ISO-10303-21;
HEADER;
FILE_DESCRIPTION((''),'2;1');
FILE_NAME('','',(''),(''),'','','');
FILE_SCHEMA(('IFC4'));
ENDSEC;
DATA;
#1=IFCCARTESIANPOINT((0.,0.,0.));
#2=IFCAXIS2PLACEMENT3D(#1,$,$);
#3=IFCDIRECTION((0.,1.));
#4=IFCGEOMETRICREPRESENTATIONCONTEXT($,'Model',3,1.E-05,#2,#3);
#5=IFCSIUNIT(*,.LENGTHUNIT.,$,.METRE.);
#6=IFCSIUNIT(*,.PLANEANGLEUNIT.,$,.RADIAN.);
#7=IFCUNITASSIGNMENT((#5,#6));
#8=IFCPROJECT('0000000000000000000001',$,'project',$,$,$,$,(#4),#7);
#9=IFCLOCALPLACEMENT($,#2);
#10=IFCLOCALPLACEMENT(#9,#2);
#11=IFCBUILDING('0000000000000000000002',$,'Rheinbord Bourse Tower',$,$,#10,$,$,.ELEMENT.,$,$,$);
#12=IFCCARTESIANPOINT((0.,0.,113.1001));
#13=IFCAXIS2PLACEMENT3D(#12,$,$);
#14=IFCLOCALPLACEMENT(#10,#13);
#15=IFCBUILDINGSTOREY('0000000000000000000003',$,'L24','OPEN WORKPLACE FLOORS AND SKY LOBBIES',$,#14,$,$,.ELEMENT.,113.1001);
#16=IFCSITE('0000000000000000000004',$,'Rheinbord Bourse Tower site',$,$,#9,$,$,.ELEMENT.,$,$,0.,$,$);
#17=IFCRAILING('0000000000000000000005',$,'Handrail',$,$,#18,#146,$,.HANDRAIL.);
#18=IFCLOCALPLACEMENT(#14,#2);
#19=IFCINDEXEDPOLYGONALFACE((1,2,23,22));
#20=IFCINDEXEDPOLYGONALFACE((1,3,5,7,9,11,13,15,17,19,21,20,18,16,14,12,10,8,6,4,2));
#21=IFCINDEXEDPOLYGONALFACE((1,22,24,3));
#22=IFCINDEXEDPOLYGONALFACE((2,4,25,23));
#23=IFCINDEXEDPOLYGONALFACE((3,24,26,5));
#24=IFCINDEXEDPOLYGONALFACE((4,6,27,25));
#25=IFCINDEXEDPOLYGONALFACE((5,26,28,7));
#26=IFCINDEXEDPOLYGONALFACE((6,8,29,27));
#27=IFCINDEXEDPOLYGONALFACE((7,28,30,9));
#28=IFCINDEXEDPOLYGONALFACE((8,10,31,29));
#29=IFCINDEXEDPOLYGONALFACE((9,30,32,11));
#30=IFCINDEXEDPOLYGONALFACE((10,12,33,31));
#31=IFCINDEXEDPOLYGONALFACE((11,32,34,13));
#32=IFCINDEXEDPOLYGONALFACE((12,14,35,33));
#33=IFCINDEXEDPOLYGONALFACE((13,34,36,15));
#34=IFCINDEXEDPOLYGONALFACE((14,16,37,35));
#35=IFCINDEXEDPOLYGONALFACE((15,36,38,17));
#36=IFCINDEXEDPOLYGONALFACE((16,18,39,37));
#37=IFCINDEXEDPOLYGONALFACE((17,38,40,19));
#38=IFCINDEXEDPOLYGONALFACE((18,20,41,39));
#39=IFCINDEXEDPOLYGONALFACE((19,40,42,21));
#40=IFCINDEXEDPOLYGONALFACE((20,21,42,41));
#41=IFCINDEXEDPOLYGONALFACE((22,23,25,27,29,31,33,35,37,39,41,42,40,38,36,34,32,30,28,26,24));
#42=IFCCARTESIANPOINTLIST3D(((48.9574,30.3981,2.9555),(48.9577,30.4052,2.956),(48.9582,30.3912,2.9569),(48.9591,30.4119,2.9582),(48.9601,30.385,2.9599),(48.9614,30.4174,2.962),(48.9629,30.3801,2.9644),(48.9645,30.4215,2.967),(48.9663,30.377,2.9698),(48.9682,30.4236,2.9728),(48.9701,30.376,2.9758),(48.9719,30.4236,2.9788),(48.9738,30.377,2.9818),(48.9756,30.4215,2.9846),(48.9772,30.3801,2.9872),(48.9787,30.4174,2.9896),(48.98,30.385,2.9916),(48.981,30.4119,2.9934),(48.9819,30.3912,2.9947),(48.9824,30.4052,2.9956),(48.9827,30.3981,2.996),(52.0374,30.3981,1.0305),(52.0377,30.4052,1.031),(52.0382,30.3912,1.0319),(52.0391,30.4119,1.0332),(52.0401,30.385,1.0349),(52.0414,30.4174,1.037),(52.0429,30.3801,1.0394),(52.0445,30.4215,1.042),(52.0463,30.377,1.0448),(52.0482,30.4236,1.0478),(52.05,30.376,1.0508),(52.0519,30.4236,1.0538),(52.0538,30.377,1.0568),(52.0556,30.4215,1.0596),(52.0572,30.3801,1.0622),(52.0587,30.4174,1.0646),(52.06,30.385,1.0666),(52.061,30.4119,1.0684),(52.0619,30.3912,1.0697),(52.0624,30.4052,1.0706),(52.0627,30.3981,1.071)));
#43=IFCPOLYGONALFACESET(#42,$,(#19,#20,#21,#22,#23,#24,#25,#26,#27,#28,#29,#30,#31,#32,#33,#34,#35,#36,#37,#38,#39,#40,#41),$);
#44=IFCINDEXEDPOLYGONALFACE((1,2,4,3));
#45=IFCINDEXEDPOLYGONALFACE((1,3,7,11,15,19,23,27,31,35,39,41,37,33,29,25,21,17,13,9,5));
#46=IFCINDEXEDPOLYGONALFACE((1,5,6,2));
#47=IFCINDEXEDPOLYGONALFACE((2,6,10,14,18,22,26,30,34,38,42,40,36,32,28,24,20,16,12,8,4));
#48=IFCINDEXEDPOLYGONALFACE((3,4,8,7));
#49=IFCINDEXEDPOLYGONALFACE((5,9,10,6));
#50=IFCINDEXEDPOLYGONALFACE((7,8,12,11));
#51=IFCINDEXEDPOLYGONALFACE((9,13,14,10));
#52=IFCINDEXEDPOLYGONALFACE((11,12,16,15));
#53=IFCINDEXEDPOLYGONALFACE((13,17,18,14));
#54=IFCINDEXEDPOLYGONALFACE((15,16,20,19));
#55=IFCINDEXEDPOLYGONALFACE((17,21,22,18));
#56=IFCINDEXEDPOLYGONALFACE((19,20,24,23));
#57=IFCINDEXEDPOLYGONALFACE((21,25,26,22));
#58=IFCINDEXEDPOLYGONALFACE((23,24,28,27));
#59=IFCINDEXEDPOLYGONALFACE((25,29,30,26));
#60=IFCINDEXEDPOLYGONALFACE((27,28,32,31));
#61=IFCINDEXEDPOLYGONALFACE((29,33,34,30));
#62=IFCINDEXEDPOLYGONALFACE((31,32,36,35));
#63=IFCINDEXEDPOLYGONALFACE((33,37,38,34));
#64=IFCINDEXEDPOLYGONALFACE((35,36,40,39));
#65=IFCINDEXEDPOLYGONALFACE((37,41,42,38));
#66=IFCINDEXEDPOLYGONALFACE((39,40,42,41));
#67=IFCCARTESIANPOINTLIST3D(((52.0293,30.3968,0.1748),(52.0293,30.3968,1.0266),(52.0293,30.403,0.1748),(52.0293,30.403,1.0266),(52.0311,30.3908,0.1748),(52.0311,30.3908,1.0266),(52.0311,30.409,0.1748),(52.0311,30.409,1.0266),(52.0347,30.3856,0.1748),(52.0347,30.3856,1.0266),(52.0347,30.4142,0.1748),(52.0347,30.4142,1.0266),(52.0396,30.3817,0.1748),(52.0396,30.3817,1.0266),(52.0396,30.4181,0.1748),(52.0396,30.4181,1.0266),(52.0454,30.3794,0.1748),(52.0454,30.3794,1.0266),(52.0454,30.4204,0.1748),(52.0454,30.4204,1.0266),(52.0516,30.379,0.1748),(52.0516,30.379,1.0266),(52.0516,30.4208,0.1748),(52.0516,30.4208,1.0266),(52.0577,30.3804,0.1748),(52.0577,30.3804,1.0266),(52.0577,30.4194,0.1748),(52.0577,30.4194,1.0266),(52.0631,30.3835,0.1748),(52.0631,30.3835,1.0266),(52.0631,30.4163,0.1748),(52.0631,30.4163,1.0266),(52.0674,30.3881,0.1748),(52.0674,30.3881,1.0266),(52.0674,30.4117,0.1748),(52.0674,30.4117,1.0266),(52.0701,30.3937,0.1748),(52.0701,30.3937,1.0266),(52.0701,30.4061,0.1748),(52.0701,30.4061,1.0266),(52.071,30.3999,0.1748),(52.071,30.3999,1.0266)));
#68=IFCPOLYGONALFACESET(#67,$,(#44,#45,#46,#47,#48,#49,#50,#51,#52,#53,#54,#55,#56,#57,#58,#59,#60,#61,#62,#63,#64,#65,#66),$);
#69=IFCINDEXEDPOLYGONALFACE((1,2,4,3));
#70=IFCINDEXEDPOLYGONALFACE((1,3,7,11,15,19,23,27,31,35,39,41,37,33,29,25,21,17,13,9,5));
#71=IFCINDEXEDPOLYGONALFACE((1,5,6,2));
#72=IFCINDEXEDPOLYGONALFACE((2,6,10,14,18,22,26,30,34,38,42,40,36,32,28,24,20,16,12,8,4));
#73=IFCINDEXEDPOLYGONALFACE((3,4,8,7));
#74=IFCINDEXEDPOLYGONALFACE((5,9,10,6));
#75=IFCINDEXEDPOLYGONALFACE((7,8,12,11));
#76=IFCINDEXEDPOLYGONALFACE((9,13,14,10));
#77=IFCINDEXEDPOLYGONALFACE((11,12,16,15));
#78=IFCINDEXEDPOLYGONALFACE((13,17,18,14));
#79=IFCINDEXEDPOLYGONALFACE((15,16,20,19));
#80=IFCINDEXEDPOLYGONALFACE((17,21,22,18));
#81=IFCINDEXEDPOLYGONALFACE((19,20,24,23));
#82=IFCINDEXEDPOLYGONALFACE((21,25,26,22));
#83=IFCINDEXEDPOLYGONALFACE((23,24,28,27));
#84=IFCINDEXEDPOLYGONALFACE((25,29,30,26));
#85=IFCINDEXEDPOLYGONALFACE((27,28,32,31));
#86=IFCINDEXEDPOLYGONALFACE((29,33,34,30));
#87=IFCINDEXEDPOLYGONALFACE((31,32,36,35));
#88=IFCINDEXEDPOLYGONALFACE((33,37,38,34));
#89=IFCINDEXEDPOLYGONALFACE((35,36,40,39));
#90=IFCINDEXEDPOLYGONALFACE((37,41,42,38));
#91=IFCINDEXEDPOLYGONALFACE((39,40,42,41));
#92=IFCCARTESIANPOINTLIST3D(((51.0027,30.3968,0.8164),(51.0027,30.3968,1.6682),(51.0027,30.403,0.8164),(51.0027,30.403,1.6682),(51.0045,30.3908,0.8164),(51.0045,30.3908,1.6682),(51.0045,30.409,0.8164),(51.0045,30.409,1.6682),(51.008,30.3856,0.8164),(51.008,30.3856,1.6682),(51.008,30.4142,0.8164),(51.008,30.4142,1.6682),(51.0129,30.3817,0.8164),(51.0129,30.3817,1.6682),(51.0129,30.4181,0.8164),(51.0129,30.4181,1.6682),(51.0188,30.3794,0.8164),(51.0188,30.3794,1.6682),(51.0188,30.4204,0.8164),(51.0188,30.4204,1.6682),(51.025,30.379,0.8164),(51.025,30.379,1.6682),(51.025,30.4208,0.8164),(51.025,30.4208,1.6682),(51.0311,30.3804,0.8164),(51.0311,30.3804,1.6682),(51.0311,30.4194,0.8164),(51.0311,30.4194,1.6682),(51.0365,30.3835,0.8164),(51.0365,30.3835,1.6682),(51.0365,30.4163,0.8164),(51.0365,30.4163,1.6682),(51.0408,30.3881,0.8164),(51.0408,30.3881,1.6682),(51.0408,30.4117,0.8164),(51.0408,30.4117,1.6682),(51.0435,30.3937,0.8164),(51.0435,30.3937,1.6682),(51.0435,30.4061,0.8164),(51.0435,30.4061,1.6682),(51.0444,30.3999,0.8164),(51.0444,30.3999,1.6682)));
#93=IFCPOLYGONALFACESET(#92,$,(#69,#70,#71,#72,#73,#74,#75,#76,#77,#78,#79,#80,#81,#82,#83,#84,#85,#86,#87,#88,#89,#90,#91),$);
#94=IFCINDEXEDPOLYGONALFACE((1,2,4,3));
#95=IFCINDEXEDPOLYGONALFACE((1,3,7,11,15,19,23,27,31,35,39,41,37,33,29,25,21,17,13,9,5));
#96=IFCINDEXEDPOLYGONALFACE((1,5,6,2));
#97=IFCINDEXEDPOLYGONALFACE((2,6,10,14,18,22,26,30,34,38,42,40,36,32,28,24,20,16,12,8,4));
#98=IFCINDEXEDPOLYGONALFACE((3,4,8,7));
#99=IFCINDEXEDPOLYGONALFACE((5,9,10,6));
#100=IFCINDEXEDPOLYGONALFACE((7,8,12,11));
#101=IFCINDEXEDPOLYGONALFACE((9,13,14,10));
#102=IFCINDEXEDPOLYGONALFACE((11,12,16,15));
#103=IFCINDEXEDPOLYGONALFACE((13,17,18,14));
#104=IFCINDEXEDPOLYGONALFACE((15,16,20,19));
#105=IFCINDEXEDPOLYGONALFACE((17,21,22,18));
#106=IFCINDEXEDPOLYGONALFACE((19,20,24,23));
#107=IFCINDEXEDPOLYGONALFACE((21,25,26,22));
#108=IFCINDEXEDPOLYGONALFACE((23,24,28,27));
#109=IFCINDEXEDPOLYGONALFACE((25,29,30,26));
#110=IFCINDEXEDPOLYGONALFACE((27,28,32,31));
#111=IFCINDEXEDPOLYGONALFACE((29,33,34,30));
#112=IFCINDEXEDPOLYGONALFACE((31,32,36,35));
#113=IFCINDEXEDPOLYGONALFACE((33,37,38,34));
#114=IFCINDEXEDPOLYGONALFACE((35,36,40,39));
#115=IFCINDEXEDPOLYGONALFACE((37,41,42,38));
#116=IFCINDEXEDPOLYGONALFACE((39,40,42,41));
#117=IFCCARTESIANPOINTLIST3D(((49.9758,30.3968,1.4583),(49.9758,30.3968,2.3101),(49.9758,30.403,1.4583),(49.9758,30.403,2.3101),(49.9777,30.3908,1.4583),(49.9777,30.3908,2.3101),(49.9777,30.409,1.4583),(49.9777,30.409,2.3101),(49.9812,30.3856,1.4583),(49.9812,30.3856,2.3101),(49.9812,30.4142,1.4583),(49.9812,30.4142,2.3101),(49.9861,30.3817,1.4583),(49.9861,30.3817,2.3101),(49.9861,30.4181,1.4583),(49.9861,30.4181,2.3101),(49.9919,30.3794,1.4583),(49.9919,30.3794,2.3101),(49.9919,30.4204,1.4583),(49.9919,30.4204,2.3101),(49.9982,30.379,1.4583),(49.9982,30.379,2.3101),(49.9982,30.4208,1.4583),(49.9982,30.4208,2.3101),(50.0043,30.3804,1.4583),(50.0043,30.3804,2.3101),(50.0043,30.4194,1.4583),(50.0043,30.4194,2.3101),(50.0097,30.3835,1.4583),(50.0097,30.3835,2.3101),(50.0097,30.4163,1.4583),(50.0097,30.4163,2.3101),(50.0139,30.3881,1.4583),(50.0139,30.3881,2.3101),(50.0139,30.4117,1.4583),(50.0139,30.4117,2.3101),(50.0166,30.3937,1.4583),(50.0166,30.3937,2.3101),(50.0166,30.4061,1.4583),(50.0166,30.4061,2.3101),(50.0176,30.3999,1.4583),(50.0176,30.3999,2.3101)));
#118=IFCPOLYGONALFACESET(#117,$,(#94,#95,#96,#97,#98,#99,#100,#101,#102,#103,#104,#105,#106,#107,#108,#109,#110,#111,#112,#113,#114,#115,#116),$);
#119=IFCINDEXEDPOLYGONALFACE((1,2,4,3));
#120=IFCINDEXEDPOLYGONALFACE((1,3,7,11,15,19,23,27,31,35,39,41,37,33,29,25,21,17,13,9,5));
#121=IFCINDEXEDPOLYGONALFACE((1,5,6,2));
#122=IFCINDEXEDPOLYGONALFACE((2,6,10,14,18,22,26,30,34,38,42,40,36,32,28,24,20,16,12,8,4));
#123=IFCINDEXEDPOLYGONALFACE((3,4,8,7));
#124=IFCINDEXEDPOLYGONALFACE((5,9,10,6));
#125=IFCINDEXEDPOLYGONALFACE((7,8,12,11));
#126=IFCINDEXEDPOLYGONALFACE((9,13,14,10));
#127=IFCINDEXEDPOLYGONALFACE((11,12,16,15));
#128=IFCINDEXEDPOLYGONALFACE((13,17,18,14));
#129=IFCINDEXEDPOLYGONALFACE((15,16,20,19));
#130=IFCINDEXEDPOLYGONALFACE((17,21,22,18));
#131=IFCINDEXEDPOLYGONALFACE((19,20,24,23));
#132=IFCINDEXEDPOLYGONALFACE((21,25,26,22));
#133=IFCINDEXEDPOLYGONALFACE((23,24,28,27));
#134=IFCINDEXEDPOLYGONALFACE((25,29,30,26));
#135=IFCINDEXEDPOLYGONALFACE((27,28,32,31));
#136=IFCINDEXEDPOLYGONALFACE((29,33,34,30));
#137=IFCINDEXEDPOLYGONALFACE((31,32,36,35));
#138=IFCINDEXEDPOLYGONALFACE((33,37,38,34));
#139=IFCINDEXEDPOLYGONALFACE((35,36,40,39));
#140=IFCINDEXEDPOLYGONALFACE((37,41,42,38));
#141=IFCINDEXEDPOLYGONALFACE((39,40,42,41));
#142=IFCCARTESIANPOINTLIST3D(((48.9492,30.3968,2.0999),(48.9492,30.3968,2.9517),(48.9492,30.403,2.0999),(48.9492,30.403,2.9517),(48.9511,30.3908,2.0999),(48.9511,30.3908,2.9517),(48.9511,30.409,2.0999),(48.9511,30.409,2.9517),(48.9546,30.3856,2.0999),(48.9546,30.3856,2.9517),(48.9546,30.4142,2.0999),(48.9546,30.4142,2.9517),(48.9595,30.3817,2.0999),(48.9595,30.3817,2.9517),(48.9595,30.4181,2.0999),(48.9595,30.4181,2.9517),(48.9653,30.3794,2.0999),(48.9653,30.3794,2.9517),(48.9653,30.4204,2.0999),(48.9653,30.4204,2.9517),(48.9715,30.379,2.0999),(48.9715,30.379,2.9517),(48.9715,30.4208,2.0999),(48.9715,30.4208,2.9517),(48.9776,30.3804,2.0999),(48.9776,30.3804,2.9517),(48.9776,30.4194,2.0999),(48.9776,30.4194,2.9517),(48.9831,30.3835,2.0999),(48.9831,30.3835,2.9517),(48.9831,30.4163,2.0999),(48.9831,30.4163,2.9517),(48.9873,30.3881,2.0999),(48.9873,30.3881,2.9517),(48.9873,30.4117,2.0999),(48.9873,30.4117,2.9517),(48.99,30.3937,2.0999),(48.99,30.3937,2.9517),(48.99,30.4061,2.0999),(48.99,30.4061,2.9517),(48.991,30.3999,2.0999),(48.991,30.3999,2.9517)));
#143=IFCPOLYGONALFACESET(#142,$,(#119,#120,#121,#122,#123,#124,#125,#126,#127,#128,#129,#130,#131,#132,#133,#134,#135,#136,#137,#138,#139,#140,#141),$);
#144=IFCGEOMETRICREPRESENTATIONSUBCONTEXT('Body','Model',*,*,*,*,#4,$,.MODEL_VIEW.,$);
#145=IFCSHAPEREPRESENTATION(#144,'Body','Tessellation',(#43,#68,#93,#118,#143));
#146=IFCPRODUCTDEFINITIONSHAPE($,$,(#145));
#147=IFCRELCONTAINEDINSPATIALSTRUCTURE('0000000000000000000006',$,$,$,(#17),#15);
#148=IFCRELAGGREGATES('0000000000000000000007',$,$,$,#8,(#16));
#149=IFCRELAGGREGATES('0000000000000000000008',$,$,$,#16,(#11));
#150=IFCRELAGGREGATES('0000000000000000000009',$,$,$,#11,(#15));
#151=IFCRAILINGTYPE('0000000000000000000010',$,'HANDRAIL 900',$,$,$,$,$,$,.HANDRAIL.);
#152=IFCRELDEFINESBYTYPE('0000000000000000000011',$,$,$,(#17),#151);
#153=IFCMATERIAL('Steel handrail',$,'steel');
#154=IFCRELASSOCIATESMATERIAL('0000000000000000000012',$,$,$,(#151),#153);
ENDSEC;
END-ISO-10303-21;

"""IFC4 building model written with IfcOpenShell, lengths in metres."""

from ifc_helpers import new_model, si_unit, direction, frame, origin, origin_2d, place, context, subcontext, project, spatial, circle, extrude, material, type_object, element, save


model = new_model("IFC4")

# Units and contexts
model_context = context("Model", 3, precision=1e-05, world=origin(), true_north=direction((0.0, 1.0)))
body_context = subcontext(model_context, "Body", "Model", "MODEL_VIEW")
ifc_project = project(units=[si_unit("LENGTHUNIT", "METRE"), si_unit("PLANEANGLEUNIT", "RADIAN")], contexts=[model_context])

# Site, building, storey
site_placement = place(None, origin())
site = spatial("IfcSite", under=ifc_project, at=site_placement, Name="Rheinbord Bourse Tower site", CompositionType="ELEMENT", RefElevation=0.0)
building_placement = place(site_placement, origin())
building = spatial("IfcBuilding", under=site, at=building_placement, Name="Rheinbord Bourse Tower", CompositionType="ELEMENT")
storey_placement = place(building_placement, frame((0.0, 0.0, 113.1001)))
storey = spatial("IfcBuildingStorey", under=building, at=storey_placement, Name="L24", Description="OPEN WORKPLACE FLOORS AND SKY LOBBIES", CompositionType="ELEMENT", Elevation=113.1001)

# Railing
ifc_material_1 = material(Name="Steel handrail", Category="steel")
railing_type = type_object("IfcRailingType", Name="HANDRAIL 900", PredefinedType="HANDRAIL", material=ifc_material_1)
railing_1_placement = place(storey_placement, frame((52.05, 30.3999, 0.1748)))
element("IfcRailing", 1, at=railing_1_placement, inside=storey, type_object=railing_type, Name="Handrail", PredefinedType="HANDRAIL", context=body_context, shape_type="SweptSolid", body=[
    extrude(circle(Radius=0.0239, at=origin_2d()), frame((0.0, 0.0, 0.876), z_axis=(-0.847998, 0.0, 0.529999), x_axis=(0.0, -1.0, 0.0)), (0.0, 0.0, 1.0), 3.6321),
    extrude(circle(Radius=0.021, at=origin_2d()), origin(), (0.0, 0.0, 1.0), 0.8518),
    extrude(circle(Radius=0.021, at=origin_2d()), frame((-1.0266, 0.0, 0.6416)), (0.0, 0.0, 1.0), 0.8518),
    extrude(circle(Radius=0.021, at=origin_2d()), frame((-2.0535, 0.0, 1.2834)), (0.0, 0.0, 1.0), 0.8518),
    extrude(circle(Radius=0.021, at=origin_2d()), frame((-3.0801, 0.0, 1.925)), (0.0, 0.0, 1.0), 0.8518),
])

save(model, "model.ifc")
